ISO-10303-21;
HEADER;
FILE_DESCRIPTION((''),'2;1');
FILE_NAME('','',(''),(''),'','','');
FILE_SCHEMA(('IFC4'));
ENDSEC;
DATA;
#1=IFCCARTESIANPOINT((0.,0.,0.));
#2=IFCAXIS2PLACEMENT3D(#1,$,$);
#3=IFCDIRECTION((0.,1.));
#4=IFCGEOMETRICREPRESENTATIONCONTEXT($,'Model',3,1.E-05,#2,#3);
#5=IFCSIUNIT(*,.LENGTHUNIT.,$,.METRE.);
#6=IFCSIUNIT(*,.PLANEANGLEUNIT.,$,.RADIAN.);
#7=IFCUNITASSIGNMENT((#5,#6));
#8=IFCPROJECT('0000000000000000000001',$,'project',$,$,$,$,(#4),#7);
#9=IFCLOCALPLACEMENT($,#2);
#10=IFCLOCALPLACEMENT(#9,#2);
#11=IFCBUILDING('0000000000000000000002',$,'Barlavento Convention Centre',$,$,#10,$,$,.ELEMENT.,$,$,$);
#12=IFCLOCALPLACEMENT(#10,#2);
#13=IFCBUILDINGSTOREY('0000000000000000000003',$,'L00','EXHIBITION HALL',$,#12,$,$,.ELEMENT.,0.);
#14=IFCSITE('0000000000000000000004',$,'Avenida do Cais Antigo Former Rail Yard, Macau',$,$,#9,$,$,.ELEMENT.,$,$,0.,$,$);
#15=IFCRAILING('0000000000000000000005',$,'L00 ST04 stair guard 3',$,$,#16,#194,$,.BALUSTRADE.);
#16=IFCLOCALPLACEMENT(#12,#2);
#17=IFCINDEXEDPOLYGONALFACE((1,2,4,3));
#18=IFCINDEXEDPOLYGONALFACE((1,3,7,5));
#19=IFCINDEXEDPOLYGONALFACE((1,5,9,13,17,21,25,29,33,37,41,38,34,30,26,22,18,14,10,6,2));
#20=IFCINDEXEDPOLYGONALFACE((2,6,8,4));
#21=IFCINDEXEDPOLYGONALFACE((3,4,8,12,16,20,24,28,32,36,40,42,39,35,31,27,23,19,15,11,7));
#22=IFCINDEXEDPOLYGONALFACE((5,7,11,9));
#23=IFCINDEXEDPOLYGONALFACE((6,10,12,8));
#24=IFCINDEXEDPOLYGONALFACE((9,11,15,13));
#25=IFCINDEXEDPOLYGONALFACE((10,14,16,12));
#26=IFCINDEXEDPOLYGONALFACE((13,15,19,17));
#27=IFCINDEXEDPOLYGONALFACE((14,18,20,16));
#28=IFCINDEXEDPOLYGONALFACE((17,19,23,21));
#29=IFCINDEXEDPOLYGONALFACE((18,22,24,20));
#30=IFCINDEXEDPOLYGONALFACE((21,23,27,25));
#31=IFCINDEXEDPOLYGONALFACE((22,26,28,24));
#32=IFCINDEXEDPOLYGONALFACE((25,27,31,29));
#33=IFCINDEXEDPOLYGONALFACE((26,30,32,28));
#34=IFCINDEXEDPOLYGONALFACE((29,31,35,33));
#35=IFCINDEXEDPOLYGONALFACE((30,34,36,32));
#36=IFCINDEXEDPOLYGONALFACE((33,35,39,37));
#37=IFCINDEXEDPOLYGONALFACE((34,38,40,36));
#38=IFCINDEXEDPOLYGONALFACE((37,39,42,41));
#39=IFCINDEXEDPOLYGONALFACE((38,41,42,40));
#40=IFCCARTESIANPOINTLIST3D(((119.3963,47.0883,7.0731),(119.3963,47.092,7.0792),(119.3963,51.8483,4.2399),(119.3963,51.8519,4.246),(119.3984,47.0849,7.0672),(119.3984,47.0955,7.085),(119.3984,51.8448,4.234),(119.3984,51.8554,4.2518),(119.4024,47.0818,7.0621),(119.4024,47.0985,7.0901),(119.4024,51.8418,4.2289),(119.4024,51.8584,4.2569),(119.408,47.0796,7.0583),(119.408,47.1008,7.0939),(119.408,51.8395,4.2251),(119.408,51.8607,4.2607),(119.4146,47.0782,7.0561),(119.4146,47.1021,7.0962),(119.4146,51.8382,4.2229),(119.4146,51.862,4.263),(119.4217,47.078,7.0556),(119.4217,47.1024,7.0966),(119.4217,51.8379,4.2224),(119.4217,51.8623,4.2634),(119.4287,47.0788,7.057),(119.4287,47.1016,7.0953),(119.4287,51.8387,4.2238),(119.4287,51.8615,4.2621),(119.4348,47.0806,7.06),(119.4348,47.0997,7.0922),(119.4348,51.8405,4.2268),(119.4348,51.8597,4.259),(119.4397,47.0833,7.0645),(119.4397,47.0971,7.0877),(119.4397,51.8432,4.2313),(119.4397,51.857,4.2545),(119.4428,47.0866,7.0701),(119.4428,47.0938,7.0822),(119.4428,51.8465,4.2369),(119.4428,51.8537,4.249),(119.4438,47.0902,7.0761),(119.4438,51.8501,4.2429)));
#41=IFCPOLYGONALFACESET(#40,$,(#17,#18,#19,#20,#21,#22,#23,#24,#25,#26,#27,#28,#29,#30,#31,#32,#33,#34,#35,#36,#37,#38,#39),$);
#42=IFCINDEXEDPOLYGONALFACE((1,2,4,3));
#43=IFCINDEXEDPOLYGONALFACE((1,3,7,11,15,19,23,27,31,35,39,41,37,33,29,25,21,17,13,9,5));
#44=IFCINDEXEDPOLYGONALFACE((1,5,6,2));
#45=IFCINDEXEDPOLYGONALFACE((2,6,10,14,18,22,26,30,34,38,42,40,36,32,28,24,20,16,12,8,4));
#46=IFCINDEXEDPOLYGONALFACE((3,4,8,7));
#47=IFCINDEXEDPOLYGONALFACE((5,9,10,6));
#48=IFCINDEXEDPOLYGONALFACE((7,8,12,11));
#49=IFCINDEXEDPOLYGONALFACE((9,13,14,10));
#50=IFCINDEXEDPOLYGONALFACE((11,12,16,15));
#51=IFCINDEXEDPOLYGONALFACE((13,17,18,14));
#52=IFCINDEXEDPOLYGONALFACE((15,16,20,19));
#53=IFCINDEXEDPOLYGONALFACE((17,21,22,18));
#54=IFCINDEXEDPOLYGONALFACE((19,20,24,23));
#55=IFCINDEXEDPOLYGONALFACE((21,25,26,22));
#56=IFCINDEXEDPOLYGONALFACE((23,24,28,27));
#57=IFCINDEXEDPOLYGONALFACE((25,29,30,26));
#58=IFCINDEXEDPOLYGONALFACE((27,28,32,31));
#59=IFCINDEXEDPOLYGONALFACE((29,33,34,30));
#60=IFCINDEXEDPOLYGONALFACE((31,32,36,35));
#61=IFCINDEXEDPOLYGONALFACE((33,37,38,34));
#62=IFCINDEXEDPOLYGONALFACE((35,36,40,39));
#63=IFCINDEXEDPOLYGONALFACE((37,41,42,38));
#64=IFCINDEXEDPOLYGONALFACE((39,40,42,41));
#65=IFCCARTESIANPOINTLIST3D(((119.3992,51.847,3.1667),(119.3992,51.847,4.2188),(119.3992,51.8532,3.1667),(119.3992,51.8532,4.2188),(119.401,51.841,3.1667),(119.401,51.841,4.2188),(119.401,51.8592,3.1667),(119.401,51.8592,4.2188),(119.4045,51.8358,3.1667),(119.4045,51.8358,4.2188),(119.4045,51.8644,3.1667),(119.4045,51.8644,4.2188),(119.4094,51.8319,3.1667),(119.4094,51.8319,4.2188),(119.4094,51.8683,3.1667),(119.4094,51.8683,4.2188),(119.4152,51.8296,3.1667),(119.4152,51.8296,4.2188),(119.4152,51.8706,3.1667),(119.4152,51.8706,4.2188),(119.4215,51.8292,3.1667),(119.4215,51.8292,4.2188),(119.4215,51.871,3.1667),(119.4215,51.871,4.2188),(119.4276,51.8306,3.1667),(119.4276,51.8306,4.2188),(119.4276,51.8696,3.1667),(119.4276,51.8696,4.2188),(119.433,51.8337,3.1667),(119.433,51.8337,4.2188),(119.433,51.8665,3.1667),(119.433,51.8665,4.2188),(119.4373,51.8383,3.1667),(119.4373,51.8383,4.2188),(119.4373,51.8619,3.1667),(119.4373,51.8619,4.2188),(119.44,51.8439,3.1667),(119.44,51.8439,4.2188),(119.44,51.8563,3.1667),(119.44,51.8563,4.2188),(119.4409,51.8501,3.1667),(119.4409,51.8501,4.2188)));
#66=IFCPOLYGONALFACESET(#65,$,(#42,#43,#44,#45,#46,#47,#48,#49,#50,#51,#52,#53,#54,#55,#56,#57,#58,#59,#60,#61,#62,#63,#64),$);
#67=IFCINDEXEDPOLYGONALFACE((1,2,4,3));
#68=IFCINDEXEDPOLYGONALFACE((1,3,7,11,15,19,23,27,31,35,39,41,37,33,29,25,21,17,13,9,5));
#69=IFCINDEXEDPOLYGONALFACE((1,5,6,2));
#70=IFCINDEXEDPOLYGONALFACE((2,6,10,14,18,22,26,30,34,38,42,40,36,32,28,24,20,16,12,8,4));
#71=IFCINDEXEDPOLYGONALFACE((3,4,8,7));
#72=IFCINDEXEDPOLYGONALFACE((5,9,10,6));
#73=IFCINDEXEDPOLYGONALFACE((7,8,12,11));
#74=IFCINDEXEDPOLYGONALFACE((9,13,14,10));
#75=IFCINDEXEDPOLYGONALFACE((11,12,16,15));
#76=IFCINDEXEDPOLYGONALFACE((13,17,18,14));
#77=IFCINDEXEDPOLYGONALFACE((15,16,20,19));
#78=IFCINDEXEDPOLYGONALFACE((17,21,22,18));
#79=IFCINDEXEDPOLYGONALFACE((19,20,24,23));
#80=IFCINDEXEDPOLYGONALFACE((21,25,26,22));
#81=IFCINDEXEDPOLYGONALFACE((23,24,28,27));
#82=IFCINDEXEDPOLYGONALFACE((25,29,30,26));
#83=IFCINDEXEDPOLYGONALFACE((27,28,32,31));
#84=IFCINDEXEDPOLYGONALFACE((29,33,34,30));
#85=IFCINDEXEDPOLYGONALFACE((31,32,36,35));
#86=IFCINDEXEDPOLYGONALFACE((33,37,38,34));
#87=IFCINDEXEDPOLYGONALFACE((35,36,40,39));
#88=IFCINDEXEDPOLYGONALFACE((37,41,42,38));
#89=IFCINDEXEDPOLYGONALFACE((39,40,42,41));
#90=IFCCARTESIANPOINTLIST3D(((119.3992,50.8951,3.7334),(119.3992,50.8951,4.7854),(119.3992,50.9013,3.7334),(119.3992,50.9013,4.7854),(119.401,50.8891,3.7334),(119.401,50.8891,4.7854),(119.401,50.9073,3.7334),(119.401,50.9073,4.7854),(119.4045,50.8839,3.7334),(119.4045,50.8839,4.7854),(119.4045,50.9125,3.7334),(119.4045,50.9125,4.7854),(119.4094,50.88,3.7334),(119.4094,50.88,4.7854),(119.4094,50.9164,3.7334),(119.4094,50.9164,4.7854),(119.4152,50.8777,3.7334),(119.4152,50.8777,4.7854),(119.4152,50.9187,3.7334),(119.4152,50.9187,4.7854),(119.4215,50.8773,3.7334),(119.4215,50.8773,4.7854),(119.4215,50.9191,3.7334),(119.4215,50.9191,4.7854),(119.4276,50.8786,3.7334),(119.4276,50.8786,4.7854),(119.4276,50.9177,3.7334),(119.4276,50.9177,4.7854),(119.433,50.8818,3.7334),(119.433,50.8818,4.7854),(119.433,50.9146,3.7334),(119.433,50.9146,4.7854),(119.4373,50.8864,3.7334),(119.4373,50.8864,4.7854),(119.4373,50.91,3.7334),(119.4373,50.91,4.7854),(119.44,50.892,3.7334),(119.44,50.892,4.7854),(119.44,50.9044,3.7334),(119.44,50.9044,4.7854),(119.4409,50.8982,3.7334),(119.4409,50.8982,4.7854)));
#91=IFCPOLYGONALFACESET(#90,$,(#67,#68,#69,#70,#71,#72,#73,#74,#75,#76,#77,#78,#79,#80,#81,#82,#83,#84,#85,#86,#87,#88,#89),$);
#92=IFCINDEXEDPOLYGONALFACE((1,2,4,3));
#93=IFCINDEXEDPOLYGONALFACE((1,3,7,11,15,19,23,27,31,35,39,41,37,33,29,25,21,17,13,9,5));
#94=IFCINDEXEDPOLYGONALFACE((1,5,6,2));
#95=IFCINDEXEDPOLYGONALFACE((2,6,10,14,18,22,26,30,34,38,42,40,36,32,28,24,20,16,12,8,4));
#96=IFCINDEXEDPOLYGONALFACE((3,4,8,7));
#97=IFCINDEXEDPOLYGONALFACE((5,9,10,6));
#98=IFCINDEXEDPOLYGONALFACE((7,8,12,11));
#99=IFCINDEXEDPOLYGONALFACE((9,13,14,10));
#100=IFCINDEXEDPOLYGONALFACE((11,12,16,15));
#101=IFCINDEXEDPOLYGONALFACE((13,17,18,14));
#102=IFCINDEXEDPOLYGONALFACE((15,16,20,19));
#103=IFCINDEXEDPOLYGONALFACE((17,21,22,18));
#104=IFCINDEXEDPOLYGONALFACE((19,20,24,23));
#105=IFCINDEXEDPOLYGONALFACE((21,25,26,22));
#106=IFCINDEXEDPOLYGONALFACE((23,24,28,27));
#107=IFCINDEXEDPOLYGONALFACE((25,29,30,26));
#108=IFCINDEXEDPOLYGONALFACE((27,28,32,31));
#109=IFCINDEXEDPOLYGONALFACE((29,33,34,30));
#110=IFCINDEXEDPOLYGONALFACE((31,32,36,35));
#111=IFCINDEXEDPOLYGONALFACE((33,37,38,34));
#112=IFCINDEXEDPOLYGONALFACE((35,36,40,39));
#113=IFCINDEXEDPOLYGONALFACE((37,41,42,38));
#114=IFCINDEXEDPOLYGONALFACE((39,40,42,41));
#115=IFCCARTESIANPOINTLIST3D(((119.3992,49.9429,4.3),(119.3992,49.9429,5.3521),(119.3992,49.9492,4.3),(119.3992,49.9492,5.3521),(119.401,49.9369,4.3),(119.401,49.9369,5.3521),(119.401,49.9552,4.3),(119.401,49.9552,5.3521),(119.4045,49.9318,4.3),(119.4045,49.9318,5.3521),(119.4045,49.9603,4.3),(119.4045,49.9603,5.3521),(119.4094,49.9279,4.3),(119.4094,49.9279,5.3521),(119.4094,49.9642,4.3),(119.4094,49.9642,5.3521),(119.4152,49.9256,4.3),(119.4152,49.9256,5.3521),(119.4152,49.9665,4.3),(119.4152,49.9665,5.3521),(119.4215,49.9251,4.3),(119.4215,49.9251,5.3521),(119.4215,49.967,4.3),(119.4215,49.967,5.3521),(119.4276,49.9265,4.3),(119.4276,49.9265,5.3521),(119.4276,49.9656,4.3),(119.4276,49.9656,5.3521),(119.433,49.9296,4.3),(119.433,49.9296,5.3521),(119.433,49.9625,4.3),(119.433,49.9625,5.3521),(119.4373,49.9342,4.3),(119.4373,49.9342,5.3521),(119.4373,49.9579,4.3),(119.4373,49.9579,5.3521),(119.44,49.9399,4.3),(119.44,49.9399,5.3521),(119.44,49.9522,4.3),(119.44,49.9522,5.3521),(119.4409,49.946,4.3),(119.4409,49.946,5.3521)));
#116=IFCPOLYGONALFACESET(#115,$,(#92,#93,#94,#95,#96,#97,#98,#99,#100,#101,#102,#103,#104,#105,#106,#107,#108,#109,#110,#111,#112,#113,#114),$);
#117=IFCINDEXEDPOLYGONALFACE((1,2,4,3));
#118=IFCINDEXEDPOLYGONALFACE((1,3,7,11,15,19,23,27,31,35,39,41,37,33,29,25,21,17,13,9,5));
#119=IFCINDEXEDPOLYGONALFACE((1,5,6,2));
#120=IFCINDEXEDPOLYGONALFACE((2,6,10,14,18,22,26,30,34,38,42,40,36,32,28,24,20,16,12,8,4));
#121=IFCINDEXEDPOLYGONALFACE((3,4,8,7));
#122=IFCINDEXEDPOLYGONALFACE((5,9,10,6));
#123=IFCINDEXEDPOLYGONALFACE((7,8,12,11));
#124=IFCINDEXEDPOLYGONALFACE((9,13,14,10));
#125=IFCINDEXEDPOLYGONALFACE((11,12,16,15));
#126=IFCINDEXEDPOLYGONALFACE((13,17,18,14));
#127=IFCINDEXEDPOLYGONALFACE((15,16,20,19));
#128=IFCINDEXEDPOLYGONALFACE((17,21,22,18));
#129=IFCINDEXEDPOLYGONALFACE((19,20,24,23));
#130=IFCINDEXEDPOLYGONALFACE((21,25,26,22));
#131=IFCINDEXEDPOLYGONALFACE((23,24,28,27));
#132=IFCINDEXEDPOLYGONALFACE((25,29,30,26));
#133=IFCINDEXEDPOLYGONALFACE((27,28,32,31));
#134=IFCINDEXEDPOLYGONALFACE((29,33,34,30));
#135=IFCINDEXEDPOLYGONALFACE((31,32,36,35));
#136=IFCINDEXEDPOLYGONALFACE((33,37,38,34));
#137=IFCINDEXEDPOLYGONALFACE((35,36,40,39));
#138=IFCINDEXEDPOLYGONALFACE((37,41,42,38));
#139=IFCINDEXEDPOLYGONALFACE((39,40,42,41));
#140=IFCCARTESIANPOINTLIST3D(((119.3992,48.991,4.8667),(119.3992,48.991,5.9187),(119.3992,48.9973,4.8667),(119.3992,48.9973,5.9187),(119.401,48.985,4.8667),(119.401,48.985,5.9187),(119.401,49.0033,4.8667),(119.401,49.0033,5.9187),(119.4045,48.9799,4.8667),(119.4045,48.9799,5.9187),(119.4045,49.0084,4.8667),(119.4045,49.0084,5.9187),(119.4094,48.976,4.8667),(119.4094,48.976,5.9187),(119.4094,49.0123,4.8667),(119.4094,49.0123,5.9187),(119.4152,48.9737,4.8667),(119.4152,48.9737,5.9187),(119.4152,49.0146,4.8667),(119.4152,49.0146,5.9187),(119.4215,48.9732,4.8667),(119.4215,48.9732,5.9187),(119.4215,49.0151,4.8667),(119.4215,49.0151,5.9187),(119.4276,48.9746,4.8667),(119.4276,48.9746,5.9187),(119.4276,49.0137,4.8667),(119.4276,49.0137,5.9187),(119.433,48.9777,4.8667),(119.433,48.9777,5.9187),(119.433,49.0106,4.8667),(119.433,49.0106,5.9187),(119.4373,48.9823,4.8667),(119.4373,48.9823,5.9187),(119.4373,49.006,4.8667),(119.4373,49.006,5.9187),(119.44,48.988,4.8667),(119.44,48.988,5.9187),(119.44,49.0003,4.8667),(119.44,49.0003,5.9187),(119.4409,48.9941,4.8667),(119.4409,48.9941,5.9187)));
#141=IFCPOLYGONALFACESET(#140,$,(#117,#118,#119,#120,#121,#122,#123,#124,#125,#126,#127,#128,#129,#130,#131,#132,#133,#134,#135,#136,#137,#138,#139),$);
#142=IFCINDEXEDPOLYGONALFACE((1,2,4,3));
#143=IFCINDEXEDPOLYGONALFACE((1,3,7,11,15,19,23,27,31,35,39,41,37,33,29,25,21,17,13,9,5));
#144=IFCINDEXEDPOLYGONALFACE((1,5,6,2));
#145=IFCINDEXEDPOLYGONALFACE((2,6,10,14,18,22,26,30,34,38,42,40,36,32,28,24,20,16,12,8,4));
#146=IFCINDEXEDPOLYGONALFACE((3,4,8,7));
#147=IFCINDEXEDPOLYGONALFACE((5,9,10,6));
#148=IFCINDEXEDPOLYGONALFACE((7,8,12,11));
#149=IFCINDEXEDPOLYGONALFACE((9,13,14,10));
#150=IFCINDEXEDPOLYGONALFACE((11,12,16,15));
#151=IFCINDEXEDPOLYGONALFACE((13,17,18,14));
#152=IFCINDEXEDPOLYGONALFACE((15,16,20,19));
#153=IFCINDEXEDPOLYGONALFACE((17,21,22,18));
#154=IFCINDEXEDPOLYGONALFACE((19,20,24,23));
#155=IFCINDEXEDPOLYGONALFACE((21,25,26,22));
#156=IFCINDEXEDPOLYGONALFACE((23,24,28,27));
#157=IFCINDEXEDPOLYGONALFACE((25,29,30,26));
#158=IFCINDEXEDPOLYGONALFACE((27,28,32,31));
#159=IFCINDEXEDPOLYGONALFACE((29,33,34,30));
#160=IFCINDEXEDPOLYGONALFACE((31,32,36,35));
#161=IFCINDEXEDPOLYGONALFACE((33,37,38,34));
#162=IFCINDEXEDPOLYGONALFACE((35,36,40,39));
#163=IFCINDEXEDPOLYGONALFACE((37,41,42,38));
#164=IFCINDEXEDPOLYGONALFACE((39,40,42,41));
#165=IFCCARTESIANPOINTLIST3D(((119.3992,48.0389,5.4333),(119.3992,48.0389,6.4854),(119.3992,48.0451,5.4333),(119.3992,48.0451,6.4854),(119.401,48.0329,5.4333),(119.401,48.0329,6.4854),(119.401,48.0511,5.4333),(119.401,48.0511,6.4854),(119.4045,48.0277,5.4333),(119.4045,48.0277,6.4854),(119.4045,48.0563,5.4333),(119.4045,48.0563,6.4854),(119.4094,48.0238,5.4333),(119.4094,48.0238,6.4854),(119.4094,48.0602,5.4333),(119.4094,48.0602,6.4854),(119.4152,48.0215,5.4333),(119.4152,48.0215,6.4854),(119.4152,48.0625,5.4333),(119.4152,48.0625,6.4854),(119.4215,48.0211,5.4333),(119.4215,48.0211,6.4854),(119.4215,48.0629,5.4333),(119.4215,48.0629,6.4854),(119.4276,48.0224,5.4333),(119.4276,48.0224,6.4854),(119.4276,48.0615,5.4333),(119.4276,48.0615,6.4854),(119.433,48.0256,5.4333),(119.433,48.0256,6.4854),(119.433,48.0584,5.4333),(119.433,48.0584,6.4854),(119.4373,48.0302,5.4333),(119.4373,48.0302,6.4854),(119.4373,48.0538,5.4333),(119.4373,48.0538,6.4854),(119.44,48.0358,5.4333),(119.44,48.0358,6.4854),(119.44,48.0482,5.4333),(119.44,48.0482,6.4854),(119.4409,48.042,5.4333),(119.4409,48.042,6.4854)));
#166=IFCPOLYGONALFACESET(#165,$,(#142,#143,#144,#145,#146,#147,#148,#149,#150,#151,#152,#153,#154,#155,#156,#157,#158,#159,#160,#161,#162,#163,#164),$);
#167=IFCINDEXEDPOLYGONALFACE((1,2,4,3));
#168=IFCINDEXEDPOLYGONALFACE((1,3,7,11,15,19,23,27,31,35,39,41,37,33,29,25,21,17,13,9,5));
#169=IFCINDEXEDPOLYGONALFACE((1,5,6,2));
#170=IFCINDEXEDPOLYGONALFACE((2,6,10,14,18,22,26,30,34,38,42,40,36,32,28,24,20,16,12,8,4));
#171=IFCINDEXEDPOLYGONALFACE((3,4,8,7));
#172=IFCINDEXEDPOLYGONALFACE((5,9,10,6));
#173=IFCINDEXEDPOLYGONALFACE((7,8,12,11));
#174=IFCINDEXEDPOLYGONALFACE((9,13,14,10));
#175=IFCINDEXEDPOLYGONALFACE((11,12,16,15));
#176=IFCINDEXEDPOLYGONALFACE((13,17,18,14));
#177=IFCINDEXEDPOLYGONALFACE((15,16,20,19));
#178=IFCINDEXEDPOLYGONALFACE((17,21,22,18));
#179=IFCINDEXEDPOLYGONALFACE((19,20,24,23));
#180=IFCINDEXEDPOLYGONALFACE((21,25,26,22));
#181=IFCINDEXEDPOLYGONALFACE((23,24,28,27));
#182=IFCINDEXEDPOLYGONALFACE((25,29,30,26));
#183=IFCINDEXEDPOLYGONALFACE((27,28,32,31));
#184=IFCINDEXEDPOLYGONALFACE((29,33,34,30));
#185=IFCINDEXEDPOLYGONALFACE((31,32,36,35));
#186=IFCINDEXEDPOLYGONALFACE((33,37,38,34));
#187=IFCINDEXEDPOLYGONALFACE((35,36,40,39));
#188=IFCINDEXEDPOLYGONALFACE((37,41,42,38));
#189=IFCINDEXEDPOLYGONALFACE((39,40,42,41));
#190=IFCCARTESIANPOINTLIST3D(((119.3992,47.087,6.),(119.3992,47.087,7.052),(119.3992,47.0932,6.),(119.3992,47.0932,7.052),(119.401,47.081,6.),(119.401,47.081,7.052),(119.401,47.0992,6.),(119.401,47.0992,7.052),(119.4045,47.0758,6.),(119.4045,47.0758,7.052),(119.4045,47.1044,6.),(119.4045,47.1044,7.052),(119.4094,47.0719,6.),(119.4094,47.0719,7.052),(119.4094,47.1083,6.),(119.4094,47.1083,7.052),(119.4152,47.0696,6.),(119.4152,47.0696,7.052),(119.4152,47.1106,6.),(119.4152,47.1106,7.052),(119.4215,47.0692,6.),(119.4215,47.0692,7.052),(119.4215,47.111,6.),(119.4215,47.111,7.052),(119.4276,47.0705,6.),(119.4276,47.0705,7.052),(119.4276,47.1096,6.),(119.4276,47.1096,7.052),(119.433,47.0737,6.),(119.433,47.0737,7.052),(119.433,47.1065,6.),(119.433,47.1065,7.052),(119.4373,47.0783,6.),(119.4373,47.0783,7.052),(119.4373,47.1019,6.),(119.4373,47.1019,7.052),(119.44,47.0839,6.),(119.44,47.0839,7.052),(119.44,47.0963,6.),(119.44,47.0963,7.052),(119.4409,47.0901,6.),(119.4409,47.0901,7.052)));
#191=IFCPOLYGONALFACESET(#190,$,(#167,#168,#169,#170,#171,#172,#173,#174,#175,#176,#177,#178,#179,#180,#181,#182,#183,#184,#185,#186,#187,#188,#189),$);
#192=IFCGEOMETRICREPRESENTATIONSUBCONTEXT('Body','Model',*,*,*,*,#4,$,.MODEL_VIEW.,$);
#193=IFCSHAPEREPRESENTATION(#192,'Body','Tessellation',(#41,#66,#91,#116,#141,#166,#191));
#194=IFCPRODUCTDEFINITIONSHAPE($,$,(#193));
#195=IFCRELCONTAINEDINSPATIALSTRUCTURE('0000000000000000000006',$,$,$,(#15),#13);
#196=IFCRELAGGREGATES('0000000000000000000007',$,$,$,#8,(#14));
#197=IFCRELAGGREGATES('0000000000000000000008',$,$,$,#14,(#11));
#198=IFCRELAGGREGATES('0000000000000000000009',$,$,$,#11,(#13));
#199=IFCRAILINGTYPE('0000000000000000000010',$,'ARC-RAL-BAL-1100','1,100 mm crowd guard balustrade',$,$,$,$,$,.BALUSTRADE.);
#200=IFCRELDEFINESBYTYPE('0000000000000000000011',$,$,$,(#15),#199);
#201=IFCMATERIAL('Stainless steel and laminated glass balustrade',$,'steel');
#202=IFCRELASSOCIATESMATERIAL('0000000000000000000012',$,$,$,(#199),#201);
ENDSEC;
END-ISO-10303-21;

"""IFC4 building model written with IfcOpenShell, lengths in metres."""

from ifc_helpers import new_model, si_unit, direction, frame, origin, origin_2d, place, context, subcontext, project, spatial, circle, extrude, material, type_object, element, save


model = new_model("IFC4")

# Units and contexts
model_context = context("Model", 3, precision=1e-05, world=origin(), true_north=direction((0.0, 1.0)))
body_context = subcontext(model_context, "Body", "Model", "MODEL_VIEW")
ifc_project = project(units=[si_unit("LENGTHUNIT", "METRE"), si_unit("PLANEANGLEUNIT", "RADIAN")], contexts=[model_context])

# Site, building, storey
site_placement = place(None, origin())
site = spatial("IfcSite", under=ifc_project, at=site_placement, Name="Avenida do Cais Antigo Former Rail Yard, Macau", CompositionType="ELEMENT", RefElevation=0.0)
building_placement = place(site_placement, origin())
building = spatial("IfcBuilding", under=site, at=building_placement, Name="Barlavento Convention Centre", CompositionType="ELEMENT")
storey_placement = place(building_placement, origin())
storey = spatial("IfcBuildingStorey", under=building, at=storey_placement, Name="L00", Description="EXHIBITION HALL", CompositionType="ELEMENT", Elevation=0.0)

# Railing
ifc_material_1 = material(Name="Stainless steel and laminated glass balustrade", Category="steel")
railing_type_1 = type_object("IfcRailingType", Name="ARC-RAL-BAL-1100", Description="1,100 mm crowd guard balustrade", PredefinedType="BALUSTRADE", material=ifc_material_1)
railing_1_placement = place(storey_placement, frame((119.4199, 51.8501, 3.1667)))
element("IfcRailing", 1, at=railing_1_placement, inside=storey, type_object=railing_type_1, Name="L00 ST04 stair guard 3", PredefinedType="BALUSTRADE", context=body_context, shape_type="SweptSolid", body=[
    extrude(circle(Radius=0.0239, at=origin_2d()), frame((0.0, 0.0, 1.0762), z_axis=(0.0, -0.8593, 0.511472), x_axis=(1.0, 0.0, 0.0)), (0.0, 0.0, 1.0), 5.5393),
    extrude(circle(Radius=0.021, at=origin_2d()), origin(), (0.0, 0.0, 1.0), 1.052),
    extrude(circle(Radius=0.021, at=origin_2d()), frame((0.0, -0.9519, 0.5667)), (0.0, 0.0, 1.0), 1.052),
    extrude(circle(Radius=0.021, at=origin_2d()), frame((0.0, -1.9041, 1.1333)), (0.0, 0.0, 1.0), 1.052),
    extrude(circle(Radius=0.021, at=origin_2d()), frame((0.0, -2.856, 1.7)), (0.0, 0.0, 1.0), 1.052),
    extrude(circle(Radius=0.021, at=origin_2d()), frame((0.0, -3.8081, 2.2666)), (0.0, 0.0, 1.0), 1.052),
    extrude(circle(Radius=0.021, at=origin_2d()), frame((0.0, -4.76, 2.8333)), (0.0, 0.0, 1.0), 1.052),
])

save(model, "model.ifc")
